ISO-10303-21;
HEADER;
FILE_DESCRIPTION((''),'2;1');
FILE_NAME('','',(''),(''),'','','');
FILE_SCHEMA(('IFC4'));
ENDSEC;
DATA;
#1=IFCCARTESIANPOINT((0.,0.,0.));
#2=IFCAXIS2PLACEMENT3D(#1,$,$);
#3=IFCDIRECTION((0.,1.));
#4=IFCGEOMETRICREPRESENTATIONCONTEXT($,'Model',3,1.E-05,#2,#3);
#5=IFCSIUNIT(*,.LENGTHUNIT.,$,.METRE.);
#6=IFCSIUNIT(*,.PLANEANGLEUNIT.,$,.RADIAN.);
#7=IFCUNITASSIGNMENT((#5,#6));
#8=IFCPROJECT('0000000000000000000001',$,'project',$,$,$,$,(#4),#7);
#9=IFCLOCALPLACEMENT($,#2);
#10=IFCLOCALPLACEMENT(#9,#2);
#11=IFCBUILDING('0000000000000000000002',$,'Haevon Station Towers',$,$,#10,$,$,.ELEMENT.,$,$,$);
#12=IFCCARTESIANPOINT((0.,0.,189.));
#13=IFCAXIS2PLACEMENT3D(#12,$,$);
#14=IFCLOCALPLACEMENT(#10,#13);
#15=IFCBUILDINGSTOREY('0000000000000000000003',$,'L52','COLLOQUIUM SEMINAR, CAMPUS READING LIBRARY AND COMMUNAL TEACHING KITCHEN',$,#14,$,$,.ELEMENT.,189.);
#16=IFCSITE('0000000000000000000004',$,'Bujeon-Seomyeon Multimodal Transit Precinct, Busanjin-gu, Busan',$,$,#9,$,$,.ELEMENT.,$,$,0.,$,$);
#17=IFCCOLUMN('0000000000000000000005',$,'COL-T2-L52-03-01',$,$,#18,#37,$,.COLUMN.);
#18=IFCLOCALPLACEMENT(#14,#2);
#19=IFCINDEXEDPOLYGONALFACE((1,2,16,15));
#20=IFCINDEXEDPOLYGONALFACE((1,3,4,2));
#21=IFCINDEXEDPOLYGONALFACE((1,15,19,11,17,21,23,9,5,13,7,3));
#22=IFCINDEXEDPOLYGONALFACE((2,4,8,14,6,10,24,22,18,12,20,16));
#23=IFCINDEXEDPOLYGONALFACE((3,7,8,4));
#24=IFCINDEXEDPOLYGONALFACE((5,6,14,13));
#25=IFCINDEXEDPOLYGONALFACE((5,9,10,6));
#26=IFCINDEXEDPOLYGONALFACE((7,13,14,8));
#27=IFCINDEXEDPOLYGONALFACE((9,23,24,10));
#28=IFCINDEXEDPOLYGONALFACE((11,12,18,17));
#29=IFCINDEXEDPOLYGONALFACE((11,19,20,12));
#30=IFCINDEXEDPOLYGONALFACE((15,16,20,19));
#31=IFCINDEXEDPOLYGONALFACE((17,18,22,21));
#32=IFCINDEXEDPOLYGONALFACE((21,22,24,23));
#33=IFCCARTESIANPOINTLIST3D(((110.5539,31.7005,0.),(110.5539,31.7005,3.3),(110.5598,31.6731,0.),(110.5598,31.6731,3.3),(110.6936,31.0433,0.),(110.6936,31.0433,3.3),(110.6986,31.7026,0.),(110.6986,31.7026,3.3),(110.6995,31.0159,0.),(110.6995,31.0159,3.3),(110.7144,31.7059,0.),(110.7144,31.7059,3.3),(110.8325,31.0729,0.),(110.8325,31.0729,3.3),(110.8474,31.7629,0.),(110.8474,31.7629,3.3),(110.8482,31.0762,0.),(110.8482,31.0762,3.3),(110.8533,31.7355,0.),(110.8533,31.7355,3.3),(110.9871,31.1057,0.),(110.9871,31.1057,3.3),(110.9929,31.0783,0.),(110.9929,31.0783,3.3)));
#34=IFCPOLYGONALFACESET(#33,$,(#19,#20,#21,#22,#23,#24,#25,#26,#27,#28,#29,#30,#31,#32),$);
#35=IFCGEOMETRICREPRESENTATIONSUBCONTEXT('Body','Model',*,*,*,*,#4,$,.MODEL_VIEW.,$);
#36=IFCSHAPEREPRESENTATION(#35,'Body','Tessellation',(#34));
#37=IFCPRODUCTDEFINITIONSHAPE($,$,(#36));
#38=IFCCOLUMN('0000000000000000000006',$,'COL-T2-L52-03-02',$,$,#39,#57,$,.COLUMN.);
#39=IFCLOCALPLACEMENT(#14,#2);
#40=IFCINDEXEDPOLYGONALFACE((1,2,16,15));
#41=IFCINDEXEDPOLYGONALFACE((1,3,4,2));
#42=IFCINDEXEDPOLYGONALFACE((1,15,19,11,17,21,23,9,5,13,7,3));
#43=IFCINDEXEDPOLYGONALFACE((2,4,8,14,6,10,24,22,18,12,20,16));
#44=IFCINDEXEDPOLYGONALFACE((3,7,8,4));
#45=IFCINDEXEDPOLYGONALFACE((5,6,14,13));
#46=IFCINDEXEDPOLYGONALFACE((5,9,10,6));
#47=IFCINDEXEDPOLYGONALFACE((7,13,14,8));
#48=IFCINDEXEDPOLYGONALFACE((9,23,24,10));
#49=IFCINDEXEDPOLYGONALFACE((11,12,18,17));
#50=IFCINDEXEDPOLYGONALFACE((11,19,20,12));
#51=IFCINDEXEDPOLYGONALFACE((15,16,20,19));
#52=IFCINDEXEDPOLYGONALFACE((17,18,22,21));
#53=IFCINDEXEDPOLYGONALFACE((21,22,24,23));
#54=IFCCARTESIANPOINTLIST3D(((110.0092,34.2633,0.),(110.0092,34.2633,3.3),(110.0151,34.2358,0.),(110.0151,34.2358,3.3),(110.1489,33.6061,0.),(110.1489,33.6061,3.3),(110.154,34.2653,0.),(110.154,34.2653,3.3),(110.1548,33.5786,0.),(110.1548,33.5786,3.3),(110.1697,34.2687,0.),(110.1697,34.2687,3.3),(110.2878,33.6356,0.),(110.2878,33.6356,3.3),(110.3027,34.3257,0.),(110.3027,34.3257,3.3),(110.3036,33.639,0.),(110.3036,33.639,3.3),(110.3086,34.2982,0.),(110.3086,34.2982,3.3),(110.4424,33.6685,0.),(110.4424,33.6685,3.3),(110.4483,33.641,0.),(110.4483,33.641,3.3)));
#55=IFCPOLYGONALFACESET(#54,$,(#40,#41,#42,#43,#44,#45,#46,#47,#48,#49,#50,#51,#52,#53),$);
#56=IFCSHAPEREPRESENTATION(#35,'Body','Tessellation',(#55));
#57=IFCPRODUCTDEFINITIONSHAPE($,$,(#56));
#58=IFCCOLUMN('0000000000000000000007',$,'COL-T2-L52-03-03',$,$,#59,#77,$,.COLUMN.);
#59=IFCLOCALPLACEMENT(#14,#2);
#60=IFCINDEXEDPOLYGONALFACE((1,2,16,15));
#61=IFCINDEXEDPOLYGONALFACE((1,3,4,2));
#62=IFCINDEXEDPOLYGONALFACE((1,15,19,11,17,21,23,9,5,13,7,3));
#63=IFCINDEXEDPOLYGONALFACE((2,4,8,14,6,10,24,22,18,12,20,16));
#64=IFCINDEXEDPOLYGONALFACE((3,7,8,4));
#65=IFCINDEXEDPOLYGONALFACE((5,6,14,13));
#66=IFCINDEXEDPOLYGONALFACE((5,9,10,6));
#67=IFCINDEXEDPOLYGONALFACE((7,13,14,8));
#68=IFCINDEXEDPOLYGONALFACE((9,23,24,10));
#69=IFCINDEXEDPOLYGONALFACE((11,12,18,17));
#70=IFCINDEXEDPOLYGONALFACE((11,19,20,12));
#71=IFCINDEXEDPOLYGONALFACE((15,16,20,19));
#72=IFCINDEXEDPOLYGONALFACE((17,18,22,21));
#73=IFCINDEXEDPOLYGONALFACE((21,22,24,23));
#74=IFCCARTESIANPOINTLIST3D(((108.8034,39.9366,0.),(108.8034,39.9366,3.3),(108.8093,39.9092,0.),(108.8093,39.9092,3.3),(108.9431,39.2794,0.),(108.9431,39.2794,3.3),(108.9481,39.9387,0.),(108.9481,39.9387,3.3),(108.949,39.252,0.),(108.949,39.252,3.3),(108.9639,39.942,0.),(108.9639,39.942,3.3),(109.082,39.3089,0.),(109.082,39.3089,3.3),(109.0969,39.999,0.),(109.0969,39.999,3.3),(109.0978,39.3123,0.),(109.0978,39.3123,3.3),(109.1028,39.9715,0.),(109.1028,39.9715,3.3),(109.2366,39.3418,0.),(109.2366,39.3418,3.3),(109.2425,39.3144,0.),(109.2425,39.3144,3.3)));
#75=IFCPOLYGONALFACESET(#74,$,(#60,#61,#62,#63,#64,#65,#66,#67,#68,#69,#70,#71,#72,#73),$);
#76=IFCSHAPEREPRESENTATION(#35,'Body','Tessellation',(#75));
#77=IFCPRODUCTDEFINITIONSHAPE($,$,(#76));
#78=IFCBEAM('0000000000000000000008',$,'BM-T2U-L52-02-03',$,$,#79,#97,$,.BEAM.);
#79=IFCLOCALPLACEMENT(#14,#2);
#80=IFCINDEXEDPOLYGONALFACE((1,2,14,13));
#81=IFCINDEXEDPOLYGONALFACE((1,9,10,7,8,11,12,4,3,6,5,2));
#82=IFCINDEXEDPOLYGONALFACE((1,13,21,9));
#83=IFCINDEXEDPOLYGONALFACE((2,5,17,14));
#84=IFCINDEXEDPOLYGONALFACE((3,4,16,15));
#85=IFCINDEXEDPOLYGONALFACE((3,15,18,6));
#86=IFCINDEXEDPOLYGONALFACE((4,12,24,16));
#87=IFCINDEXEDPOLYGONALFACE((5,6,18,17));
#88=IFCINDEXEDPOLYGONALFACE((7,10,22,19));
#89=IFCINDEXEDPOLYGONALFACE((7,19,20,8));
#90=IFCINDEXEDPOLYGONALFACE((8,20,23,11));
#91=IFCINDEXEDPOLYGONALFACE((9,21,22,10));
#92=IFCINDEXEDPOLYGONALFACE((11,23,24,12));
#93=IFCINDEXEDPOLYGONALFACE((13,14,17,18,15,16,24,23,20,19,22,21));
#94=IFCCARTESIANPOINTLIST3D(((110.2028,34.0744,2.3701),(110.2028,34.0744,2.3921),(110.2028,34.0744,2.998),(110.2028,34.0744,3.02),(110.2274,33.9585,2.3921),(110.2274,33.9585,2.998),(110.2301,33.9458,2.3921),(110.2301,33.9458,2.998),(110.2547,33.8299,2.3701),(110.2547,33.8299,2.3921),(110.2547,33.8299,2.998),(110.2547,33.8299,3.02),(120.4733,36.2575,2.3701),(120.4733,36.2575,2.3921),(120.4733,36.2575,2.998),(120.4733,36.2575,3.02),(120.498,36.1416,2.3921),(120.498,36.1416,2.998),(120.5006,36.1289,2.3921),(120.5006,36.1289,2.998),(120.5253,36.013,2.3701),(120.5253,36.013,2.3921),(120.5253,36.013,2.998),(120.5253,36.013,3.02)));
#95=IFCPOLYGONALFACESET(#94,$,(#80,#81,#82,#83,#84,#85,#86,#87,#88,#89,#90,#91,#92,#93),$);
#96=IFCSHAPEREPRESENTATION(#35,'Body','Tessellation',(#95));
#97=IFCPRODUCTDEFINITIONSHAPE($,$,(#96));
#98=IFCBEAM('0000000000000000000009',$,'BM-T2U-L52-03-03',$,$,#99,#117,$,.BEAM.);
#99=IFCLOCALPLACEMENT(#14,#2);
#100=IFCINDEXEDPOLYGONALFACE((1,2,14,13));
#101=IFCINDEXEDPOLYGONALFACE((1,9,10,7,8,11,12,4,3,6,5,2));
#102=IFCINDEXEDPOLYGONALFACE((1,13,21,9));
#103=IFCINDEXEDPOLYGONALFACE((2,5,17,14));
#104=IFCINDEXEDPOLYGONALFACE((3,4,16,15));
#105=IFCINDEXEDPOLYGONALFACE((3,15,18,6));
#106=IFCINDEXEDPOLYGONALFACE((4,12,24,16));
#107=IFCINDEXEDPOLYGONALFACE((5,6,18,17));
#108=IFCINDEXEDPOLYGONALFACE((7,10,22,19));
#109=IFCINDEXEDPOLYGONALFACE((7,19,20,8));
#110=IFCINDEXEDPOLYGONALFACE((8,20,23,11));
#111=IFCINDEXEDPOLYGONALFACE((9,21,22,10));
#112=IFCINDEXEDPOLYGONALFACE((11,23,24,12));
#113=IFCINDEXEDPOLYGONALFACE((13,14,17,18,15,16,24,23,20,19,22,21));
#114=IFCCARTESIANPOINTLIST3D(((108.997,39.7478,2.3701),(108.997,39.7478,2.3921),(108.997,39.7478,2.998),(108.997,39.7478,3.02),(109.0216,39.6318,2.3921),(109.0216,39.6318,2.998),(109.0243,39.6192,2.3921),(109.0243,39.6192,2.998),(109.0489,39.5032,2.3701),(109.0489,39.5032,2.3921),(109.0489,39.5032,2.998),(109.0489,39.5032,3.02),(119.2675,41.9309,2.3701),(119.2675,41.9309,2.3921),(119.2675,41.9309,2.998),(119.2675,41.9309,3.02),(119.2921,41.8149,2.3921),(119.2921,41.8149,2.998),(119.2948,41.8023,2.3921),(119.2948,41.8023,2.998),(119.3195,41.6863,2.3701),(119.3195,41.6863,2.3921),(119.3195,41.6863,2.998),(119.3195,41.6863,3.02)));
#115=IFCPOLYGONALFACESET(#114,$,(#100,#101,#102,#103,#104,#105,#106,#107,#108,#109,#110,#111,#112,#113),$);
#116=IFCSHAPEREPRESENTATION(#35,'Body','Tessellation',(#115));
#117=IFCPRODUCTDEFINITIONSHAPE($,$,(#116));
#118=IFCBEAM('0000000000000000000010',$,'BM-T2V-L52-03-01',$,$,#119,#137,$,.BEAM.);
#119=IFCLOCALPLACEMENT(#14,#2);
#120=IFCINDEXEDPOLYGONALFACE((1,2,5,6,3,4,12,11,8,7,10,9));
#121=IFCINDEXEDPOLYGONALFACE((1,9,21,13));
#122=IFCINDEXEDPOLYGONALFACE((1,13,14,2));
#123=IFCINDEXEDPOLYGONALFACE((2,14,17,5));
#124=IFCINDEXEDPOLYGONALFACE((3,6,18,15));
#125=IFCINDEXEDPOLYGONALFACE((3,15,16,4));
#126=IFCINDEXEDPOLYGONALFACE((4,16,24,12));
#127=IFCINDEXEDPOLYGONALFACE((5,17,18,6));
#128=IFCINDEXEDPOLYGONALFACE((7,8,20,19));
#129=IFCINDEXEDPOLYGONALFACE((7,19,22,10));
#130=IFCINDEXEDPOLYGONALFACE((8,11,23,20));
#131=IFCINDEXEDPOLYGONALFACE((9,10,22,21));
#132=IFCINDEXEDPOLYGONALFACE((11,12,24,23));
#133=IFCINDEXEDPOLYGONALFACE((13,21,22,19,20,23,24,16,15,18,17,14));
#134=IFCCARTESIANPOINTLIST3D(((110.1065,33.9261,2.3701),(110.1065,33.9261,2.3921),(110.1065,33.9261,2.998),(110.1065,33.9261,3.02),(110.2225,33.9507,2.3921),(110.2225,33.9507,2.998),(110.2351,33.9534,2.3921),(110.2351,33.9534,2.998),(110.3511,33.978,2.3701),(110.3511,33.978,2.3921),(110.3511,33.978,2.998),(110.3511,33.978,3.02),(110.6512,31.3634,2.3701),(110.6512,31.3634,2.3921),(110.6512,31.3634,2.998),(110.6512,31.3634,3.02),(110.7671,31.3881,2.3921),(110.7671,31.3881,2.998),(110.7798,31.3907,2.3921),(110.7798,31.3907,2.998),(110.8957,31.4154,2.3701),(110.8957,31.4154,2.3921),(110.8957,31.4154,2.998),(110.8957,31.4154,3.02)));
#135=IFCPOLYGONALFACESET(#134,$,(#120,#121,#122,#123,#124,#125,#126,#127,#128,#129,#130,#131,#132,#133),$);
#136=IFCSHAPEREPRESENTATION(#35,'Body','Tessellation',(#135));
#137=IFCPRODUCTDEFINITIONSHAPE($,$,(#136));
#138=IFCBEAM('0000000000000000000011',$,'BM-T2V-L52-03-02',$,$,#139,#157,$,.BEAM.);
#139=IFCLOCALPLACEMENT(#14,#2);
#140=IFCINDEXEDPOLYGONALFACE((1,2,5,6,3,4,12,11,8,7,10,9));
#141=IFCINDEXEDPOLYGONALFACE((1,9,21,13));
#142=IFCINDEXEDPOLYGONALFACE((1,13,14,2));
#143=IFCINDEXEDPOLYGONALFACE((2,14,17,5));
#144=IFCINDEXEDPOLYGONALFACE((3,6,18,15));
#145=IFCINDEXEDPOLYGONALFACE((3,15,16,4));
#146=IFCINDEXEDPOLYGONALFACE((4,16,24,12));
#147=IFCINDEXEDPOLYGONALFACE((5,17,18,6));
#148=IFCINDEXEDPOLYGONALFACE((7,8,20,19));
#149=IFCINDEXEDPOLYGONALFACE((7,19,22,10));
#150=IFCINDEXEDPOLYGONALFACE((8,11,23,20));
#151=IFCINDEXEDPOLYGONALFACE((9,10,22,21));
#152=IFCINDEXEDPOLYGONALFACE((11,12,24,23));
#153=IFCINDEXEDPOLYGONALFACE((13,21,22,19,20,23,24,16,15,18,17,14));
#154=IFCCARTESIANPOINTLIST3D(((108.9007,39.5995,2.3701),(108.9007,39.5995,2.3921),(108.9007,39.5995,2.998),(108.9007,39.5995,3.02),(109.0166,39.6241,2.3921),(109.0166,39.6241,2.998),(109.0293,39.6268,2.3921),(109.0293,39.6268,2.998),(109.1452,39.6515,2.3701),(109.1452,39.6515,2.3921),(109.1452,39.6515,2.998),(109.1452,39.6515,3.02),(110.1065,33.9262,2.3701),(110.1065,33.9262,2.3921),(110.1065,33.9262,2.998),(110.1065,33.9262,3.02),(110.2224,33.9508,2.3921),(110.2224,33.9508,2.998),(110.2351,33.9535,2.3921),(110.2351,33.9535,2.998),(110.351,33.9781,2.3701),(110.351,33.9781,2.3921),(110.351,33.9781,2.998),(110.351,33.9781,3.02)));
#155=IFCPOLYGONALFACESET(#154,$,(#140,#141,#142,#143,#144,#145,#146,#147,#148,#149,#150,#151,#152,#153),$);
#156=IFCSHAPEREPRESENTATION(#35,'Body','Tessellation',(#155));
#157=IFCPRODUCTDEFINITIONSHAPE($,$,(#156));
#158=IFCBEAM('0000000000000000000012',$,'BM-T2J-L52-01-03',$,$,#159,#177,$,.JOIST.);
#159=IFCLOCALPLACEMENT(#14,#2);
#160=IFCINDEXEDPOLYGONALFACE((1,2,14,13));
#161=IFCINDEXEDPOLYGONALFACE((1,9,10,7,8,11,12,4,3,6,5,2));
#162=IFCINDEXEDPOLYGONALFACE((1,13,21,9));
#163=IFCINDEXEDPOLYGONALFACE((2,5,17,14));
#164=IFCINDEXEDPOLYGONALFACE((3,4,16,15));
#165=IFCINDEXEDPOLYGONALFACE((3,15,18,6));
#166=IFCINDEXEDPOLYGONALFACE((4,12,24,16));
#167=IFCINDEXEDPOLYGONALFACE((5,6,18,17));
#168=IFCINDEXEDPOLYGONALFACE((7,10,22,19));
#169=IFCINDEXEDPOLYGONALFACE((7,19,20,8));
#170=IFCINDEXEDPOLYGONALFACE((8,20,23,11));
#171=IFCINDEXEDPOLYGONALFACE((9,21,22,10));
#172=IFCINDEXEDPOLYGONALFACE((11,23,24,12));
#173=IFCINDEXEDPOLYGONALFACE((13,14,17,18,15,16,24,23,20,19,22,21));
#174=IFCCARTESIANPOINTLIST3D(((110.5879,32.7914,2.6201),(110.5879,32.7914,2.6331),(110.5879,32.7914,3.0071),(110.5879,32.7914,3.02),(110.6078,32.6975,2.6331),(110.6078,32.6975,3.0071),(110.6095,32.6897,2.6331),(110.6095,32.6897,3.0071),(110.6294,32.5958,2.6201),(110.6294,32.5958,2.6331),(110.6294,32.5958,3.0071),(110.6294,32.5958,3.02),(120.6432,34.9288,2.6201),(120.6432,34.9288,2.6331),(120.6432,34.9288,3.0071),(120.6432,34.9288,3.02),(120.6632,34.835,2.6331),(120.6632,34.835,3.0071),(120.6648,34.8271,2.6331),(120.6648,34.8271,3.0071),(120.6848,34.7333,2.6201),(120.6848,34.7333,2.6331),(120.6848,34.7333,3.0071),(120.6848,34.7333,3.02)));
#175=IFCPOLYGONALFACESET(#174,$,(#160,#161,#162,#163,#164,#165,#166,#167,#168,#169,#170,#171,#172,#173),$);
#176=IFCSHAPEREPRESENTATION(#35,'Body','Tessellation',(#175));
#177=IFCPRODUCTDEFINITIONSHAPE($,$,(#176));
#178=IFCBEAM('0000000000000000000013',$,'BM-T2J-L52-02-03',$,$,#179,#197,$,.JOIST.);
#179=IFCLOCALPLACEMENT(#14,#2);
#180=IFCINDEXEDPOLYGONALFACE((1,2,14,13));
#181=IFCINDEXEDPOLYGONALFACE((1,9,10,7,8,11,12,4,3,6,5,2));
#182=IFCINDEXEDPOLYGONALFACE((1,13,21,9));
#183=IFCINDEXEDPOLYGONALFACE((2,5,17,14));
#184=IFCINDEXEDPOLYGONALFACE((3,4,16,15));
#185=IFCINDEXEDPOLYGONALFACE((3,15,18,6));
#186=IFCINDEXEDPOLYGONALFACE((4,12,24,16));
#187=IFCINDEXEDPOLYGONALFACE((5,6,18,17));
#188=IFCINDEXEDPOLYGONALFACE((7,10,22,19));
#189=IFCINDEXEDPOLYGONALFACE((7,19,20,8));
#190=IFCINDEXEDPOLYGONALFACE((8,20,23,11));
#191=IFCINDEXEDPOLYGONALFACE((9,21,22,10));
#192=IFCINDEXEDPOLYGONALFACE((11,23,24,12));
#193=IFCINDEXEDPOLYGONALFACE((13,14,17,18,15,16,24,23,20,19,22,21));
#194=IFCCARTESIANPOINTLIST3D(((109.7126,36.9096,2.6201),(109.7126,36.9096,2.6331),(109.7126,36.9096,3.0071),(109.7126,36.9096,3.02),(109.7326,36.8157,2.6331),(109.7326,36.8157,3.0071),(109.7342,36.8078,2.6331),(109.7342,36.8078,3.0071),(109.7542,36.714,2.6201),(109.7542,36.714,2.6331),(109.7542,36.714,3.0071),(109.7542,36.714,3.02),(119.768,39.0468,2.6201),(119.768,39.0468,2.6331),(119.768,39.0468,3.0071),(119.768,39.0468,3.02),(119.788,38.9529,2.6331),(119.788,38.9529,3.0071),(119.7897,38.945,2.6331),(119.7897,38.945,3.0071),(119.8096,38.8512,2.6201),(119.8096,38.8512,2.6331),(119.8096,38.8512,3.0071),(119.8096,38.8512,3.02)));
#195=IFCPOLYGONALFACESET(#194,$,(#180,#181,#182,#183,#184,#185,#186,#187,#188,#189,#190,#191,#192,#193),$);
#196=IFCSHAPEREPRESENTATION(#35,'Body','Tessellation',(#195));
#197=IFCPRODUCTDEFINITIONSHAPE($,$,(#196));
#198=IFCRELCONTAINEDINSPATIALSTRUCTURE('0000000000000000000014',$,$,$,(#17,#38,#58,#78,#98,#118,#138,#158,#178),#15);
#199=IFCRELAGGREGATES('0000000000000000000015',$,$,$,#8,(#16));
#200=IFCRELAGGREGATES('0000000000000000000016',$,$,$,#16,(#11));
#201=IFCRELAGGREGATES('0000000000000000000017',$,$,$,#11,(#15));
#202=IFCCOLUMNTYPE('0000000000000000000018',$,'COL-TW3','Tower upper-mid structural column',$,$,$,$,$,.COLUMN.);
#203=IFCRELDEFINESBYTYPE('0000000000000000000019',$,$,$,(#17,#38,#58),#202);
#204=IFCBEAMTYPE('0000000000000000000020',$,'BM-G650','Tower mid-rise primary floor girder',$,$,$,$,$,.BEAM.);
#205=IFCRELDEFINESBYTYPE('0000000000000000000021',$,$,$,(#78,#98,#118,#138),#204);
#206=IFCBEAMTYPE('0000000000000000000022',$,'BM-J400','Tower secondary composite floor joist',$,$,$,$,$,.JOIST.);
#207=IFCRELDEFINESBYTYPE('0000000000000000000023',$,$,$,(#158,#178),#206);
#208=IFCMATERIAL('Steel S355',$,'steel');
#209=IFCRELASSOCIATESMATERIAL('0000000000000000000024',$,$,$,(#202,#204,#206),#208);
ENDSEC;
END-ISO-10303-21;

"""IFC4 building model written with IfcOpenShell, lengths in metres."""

from ifc_helpers import new_model, si_unit, direction, frame, origin, origin_2d, place, context, subcontext, project, spatial, i_section, extrude, material, material_profile, profile_set, type_object, element, save


model = new_model("IFC4")

# Units and contexts
model_context = context("Model", 3, precision=1e-05, world=origin(), true_north=direction((0.0, 1.0)))
body_context = subcontext(model_context, "Body", "Model", "MODEL_VIEW")
ifc_project = project(units=[si_unit("LENGTHUNIT", "METRE"), si_unit("PLANEANGLEUNIT", "RADIAN")], contexts=[model_context])

# Site, building, storey
site_placement = place(None, origin())
site = spatial("IfcSite", under=ifc_project, at=site_placement, Name="Bujeon-Seomyeon Multimodal Transit Precinct, Busanjin-gu, Busan", CompositionType="ELEMENT", RefElevation=0.0)
building_placement = place(site_placement, origin())
building = spatial("IfcBuilding", under=site, at=building_placement, Name="Haevon Station Towers", CompositionType="ELEMENT")
storey_placement = place(building_placement, frame((0.0, 0.0, 189.0)))
storey = spatial("IfcBuildingStorey", under=building, at=storey_placement, Name="L52", Description="COLLOQUIUM SEMINAR, CAMPUS READING LIBRARY AND COMMUNAL TEACHING KITCHEN", CompositionType="ELEMENT", Elevation=189.0)

# Columns
ifc_material_1 = material(Name="Steel S355", Category="steel")
ifc_material_profile_1 = material_profile(ifc_material_1, i_section(OverallWidth=0.3, OverallDepth=0.7, WebThickness=0.0161, FlangeThickness=0.0281, at=origin_2d()), Name="H-700x300x16x28")
ifc_profile_set_1 = profile_set([ifc_material_profile_1], Name="Steel S355")
column_type = type_object("IfcColumnType", Name="COL-TW3", Description="Tower upper-mid structural column", PredefinedType="COLUMN", material=ifc_profile_set_1)
for number, where, z_axis, x_axis, name in (
    (1, (110.7734, 31.3894, 0.0), (0.0, 0.0, 1.0), (0.978148, 0.207912, 0.0), "COL-T2-L52-03-01"),
    (2, (110.2288, 33.9521, 0.0), (0.0, 0.0, 1.0), (0.978148, 0.207912, 0.0), "COL-T2-L52-03-02"),
    (3, (109.0229, 39.6255, 0.0), (0.0, 0.0, 1.0), (0.978148, 0.207912, 0.0), "COL-T2-L52-03-03"),
):
    element("IfcColumn", number, at=place(storey_placement, frame(where, z_axis=z_axis, x_axis=x_axis)), inside=storey, type_object=column_type, Name=name, PredefinedType="COLUMN", context=body_context, shape_type="SweptSolid", body=[
        extrude(i_section(OverallWidth=0.3, OverallDepth=0.7, WebThickness=0.0161, FlangeThickness=0.0281, at=origin_2d()), origin(), (0.0, 0.0, 1.0), 3.3),
    ])

# Beams
ifc_material_profile_2 = material_profile(ifc_material_1, i_section(OverallWidth=0.25, OverallDepth=0.6499, WebThickness=0.0129, FlangeThickness=0.022, at=origin_2d()), Name="H-650x250x13x22")
ifc_profile_set_2 = profile_set([ifc_material_profile_2], Name="Steel S355")
beam_type_1 = type_object("IfcBeamType", Name="BM-G650", Description="Tower mid-rise primary floor girder", PredefinedType="BEAM", material=ifc_profile_set_2)
for number, where, z_axis, x_axis, name in (
    (4, (110.2288, 33.9521, 2.6951), (0.978147, 0.207915, 0.0), (-0.207915, 0.978147, 0.0), "BM-T2U-L52-02-03"),
    (5, (109.0229, 39.6255, 2.6951), (0.978147, 0.207915, 0.0), (-0.207915, 0.978147, 0.0), "BM-T2U-L52-03-03"),
):
    element("IfcBeam", number, at=place(storey_placement, frame(where, z_axis=z_axis, x_axis=x_axis)), inside=storey, type_object=beam_type_1, Name=name, PredefinedType="BEAM", context=body_context, shape_type="SweptSolid", body=[
        extrude(i_section(OverallWidth=0.25, OverallDepth=0.6499, WebThickness=0.0129, FlangeThickness=0.022, at=origin_2d()), origin(), (0.0, 0.0, 1.0), 10.5),
    ])
beam_1_placement = place(storey_placement, frame((110.7734, 31.3894, 2.6951), z_axis=(-0.207893, 0.978152, 0.0), x_axis=(-0.978152, -0.207893, 0.0)))
element("IfcBeam", 6, at=beam_1_placement, inside=storey, type_object=beam_type_1, Name="BM-T2V-L52-03-01", PredefinedType="BEAM", context=body_context, shape_type="SweptSolid", body=[
    extrude(i_section(OverallWidth=0.25, OverallDepth=0.6499, WebThickness=0.0129, FlangeThickness=0.022, at=origin_2d()), origin(), (0.0, 0.0, 1.0), 2.6199),
])
beam_2_placement = place(storey_placement, frame((110.2288, 33.9521, 2.6951), z_axis=(-0.207896, 0.978151, 0.0), x_axis=(-0.978151, -0.207896, 0.0)))
element("IfcBeam", 7, at=beam_2_placement, inside=storey, type_object=beam_type_1, Name="BM-T2V-L52-03-02", PredefinedType="BEAM", context=body_context, shape_type="SweptSolid", body=[
    extrude(i_section(OverallWidth=0.25, OverallDepth=0.6499, WebThickness=0.0129, FlangeThickness=0.022, at=origin_2d()), origin(), (0.0, 0.0, 1.0), 5.8),
])
ifc_material_profile_3 = material_profile(ifc_material_1, i_section(OverallWidth=0.2, OverallDepth=0.3999, WebThickness=0.0081, FlangeThickness=0.0129, at=origin_2d()), Name="H-400x200x8x13")
ifc_profile_set_3 = profile_set([ifc_material_profile_3], Name="Steel S355")
beam_type_2 = type_object("IfcBeamType", Name="BM-J400", Description="Tower secondary composite floor joist", PredefinedType="JOIST", material=ifc_profile_set_3)
for number, where, z_axis, x_axis, name in (
    (8, (110.6086, 32.6936, 2.8201), (0.978146, 0.207922, 0.0), (-0.207922, 0.978146, 0.0), "BM-T2J-L52-01-03"),
    (9, (109.7334, 36.8118, 2.8201), (0.97815, 0.207899, 0.0), (-0.207899, 0.97815, 0.0), "BM-T2J-L52-02-03"),
):
    element("IfcBeam", number, at=place(storey_placement, frame(where, z_axis=z_axis, x_axis=x_axis)), inside=storey, type_object=beam_type_2, Name=name, PredefinedType="JOIST", context=body_context, shape_type="SweptSolid", body=[
        extrude(i_section(OverallWidth=0.2, OverallDepth=0.3999, WebThickness=0.0081, FlangeThickness=0.0129, at=origin_2d()), origin(), (0.0, 0.0, 1.0), 10.28),
    ])

save(model, "model.ifc")
